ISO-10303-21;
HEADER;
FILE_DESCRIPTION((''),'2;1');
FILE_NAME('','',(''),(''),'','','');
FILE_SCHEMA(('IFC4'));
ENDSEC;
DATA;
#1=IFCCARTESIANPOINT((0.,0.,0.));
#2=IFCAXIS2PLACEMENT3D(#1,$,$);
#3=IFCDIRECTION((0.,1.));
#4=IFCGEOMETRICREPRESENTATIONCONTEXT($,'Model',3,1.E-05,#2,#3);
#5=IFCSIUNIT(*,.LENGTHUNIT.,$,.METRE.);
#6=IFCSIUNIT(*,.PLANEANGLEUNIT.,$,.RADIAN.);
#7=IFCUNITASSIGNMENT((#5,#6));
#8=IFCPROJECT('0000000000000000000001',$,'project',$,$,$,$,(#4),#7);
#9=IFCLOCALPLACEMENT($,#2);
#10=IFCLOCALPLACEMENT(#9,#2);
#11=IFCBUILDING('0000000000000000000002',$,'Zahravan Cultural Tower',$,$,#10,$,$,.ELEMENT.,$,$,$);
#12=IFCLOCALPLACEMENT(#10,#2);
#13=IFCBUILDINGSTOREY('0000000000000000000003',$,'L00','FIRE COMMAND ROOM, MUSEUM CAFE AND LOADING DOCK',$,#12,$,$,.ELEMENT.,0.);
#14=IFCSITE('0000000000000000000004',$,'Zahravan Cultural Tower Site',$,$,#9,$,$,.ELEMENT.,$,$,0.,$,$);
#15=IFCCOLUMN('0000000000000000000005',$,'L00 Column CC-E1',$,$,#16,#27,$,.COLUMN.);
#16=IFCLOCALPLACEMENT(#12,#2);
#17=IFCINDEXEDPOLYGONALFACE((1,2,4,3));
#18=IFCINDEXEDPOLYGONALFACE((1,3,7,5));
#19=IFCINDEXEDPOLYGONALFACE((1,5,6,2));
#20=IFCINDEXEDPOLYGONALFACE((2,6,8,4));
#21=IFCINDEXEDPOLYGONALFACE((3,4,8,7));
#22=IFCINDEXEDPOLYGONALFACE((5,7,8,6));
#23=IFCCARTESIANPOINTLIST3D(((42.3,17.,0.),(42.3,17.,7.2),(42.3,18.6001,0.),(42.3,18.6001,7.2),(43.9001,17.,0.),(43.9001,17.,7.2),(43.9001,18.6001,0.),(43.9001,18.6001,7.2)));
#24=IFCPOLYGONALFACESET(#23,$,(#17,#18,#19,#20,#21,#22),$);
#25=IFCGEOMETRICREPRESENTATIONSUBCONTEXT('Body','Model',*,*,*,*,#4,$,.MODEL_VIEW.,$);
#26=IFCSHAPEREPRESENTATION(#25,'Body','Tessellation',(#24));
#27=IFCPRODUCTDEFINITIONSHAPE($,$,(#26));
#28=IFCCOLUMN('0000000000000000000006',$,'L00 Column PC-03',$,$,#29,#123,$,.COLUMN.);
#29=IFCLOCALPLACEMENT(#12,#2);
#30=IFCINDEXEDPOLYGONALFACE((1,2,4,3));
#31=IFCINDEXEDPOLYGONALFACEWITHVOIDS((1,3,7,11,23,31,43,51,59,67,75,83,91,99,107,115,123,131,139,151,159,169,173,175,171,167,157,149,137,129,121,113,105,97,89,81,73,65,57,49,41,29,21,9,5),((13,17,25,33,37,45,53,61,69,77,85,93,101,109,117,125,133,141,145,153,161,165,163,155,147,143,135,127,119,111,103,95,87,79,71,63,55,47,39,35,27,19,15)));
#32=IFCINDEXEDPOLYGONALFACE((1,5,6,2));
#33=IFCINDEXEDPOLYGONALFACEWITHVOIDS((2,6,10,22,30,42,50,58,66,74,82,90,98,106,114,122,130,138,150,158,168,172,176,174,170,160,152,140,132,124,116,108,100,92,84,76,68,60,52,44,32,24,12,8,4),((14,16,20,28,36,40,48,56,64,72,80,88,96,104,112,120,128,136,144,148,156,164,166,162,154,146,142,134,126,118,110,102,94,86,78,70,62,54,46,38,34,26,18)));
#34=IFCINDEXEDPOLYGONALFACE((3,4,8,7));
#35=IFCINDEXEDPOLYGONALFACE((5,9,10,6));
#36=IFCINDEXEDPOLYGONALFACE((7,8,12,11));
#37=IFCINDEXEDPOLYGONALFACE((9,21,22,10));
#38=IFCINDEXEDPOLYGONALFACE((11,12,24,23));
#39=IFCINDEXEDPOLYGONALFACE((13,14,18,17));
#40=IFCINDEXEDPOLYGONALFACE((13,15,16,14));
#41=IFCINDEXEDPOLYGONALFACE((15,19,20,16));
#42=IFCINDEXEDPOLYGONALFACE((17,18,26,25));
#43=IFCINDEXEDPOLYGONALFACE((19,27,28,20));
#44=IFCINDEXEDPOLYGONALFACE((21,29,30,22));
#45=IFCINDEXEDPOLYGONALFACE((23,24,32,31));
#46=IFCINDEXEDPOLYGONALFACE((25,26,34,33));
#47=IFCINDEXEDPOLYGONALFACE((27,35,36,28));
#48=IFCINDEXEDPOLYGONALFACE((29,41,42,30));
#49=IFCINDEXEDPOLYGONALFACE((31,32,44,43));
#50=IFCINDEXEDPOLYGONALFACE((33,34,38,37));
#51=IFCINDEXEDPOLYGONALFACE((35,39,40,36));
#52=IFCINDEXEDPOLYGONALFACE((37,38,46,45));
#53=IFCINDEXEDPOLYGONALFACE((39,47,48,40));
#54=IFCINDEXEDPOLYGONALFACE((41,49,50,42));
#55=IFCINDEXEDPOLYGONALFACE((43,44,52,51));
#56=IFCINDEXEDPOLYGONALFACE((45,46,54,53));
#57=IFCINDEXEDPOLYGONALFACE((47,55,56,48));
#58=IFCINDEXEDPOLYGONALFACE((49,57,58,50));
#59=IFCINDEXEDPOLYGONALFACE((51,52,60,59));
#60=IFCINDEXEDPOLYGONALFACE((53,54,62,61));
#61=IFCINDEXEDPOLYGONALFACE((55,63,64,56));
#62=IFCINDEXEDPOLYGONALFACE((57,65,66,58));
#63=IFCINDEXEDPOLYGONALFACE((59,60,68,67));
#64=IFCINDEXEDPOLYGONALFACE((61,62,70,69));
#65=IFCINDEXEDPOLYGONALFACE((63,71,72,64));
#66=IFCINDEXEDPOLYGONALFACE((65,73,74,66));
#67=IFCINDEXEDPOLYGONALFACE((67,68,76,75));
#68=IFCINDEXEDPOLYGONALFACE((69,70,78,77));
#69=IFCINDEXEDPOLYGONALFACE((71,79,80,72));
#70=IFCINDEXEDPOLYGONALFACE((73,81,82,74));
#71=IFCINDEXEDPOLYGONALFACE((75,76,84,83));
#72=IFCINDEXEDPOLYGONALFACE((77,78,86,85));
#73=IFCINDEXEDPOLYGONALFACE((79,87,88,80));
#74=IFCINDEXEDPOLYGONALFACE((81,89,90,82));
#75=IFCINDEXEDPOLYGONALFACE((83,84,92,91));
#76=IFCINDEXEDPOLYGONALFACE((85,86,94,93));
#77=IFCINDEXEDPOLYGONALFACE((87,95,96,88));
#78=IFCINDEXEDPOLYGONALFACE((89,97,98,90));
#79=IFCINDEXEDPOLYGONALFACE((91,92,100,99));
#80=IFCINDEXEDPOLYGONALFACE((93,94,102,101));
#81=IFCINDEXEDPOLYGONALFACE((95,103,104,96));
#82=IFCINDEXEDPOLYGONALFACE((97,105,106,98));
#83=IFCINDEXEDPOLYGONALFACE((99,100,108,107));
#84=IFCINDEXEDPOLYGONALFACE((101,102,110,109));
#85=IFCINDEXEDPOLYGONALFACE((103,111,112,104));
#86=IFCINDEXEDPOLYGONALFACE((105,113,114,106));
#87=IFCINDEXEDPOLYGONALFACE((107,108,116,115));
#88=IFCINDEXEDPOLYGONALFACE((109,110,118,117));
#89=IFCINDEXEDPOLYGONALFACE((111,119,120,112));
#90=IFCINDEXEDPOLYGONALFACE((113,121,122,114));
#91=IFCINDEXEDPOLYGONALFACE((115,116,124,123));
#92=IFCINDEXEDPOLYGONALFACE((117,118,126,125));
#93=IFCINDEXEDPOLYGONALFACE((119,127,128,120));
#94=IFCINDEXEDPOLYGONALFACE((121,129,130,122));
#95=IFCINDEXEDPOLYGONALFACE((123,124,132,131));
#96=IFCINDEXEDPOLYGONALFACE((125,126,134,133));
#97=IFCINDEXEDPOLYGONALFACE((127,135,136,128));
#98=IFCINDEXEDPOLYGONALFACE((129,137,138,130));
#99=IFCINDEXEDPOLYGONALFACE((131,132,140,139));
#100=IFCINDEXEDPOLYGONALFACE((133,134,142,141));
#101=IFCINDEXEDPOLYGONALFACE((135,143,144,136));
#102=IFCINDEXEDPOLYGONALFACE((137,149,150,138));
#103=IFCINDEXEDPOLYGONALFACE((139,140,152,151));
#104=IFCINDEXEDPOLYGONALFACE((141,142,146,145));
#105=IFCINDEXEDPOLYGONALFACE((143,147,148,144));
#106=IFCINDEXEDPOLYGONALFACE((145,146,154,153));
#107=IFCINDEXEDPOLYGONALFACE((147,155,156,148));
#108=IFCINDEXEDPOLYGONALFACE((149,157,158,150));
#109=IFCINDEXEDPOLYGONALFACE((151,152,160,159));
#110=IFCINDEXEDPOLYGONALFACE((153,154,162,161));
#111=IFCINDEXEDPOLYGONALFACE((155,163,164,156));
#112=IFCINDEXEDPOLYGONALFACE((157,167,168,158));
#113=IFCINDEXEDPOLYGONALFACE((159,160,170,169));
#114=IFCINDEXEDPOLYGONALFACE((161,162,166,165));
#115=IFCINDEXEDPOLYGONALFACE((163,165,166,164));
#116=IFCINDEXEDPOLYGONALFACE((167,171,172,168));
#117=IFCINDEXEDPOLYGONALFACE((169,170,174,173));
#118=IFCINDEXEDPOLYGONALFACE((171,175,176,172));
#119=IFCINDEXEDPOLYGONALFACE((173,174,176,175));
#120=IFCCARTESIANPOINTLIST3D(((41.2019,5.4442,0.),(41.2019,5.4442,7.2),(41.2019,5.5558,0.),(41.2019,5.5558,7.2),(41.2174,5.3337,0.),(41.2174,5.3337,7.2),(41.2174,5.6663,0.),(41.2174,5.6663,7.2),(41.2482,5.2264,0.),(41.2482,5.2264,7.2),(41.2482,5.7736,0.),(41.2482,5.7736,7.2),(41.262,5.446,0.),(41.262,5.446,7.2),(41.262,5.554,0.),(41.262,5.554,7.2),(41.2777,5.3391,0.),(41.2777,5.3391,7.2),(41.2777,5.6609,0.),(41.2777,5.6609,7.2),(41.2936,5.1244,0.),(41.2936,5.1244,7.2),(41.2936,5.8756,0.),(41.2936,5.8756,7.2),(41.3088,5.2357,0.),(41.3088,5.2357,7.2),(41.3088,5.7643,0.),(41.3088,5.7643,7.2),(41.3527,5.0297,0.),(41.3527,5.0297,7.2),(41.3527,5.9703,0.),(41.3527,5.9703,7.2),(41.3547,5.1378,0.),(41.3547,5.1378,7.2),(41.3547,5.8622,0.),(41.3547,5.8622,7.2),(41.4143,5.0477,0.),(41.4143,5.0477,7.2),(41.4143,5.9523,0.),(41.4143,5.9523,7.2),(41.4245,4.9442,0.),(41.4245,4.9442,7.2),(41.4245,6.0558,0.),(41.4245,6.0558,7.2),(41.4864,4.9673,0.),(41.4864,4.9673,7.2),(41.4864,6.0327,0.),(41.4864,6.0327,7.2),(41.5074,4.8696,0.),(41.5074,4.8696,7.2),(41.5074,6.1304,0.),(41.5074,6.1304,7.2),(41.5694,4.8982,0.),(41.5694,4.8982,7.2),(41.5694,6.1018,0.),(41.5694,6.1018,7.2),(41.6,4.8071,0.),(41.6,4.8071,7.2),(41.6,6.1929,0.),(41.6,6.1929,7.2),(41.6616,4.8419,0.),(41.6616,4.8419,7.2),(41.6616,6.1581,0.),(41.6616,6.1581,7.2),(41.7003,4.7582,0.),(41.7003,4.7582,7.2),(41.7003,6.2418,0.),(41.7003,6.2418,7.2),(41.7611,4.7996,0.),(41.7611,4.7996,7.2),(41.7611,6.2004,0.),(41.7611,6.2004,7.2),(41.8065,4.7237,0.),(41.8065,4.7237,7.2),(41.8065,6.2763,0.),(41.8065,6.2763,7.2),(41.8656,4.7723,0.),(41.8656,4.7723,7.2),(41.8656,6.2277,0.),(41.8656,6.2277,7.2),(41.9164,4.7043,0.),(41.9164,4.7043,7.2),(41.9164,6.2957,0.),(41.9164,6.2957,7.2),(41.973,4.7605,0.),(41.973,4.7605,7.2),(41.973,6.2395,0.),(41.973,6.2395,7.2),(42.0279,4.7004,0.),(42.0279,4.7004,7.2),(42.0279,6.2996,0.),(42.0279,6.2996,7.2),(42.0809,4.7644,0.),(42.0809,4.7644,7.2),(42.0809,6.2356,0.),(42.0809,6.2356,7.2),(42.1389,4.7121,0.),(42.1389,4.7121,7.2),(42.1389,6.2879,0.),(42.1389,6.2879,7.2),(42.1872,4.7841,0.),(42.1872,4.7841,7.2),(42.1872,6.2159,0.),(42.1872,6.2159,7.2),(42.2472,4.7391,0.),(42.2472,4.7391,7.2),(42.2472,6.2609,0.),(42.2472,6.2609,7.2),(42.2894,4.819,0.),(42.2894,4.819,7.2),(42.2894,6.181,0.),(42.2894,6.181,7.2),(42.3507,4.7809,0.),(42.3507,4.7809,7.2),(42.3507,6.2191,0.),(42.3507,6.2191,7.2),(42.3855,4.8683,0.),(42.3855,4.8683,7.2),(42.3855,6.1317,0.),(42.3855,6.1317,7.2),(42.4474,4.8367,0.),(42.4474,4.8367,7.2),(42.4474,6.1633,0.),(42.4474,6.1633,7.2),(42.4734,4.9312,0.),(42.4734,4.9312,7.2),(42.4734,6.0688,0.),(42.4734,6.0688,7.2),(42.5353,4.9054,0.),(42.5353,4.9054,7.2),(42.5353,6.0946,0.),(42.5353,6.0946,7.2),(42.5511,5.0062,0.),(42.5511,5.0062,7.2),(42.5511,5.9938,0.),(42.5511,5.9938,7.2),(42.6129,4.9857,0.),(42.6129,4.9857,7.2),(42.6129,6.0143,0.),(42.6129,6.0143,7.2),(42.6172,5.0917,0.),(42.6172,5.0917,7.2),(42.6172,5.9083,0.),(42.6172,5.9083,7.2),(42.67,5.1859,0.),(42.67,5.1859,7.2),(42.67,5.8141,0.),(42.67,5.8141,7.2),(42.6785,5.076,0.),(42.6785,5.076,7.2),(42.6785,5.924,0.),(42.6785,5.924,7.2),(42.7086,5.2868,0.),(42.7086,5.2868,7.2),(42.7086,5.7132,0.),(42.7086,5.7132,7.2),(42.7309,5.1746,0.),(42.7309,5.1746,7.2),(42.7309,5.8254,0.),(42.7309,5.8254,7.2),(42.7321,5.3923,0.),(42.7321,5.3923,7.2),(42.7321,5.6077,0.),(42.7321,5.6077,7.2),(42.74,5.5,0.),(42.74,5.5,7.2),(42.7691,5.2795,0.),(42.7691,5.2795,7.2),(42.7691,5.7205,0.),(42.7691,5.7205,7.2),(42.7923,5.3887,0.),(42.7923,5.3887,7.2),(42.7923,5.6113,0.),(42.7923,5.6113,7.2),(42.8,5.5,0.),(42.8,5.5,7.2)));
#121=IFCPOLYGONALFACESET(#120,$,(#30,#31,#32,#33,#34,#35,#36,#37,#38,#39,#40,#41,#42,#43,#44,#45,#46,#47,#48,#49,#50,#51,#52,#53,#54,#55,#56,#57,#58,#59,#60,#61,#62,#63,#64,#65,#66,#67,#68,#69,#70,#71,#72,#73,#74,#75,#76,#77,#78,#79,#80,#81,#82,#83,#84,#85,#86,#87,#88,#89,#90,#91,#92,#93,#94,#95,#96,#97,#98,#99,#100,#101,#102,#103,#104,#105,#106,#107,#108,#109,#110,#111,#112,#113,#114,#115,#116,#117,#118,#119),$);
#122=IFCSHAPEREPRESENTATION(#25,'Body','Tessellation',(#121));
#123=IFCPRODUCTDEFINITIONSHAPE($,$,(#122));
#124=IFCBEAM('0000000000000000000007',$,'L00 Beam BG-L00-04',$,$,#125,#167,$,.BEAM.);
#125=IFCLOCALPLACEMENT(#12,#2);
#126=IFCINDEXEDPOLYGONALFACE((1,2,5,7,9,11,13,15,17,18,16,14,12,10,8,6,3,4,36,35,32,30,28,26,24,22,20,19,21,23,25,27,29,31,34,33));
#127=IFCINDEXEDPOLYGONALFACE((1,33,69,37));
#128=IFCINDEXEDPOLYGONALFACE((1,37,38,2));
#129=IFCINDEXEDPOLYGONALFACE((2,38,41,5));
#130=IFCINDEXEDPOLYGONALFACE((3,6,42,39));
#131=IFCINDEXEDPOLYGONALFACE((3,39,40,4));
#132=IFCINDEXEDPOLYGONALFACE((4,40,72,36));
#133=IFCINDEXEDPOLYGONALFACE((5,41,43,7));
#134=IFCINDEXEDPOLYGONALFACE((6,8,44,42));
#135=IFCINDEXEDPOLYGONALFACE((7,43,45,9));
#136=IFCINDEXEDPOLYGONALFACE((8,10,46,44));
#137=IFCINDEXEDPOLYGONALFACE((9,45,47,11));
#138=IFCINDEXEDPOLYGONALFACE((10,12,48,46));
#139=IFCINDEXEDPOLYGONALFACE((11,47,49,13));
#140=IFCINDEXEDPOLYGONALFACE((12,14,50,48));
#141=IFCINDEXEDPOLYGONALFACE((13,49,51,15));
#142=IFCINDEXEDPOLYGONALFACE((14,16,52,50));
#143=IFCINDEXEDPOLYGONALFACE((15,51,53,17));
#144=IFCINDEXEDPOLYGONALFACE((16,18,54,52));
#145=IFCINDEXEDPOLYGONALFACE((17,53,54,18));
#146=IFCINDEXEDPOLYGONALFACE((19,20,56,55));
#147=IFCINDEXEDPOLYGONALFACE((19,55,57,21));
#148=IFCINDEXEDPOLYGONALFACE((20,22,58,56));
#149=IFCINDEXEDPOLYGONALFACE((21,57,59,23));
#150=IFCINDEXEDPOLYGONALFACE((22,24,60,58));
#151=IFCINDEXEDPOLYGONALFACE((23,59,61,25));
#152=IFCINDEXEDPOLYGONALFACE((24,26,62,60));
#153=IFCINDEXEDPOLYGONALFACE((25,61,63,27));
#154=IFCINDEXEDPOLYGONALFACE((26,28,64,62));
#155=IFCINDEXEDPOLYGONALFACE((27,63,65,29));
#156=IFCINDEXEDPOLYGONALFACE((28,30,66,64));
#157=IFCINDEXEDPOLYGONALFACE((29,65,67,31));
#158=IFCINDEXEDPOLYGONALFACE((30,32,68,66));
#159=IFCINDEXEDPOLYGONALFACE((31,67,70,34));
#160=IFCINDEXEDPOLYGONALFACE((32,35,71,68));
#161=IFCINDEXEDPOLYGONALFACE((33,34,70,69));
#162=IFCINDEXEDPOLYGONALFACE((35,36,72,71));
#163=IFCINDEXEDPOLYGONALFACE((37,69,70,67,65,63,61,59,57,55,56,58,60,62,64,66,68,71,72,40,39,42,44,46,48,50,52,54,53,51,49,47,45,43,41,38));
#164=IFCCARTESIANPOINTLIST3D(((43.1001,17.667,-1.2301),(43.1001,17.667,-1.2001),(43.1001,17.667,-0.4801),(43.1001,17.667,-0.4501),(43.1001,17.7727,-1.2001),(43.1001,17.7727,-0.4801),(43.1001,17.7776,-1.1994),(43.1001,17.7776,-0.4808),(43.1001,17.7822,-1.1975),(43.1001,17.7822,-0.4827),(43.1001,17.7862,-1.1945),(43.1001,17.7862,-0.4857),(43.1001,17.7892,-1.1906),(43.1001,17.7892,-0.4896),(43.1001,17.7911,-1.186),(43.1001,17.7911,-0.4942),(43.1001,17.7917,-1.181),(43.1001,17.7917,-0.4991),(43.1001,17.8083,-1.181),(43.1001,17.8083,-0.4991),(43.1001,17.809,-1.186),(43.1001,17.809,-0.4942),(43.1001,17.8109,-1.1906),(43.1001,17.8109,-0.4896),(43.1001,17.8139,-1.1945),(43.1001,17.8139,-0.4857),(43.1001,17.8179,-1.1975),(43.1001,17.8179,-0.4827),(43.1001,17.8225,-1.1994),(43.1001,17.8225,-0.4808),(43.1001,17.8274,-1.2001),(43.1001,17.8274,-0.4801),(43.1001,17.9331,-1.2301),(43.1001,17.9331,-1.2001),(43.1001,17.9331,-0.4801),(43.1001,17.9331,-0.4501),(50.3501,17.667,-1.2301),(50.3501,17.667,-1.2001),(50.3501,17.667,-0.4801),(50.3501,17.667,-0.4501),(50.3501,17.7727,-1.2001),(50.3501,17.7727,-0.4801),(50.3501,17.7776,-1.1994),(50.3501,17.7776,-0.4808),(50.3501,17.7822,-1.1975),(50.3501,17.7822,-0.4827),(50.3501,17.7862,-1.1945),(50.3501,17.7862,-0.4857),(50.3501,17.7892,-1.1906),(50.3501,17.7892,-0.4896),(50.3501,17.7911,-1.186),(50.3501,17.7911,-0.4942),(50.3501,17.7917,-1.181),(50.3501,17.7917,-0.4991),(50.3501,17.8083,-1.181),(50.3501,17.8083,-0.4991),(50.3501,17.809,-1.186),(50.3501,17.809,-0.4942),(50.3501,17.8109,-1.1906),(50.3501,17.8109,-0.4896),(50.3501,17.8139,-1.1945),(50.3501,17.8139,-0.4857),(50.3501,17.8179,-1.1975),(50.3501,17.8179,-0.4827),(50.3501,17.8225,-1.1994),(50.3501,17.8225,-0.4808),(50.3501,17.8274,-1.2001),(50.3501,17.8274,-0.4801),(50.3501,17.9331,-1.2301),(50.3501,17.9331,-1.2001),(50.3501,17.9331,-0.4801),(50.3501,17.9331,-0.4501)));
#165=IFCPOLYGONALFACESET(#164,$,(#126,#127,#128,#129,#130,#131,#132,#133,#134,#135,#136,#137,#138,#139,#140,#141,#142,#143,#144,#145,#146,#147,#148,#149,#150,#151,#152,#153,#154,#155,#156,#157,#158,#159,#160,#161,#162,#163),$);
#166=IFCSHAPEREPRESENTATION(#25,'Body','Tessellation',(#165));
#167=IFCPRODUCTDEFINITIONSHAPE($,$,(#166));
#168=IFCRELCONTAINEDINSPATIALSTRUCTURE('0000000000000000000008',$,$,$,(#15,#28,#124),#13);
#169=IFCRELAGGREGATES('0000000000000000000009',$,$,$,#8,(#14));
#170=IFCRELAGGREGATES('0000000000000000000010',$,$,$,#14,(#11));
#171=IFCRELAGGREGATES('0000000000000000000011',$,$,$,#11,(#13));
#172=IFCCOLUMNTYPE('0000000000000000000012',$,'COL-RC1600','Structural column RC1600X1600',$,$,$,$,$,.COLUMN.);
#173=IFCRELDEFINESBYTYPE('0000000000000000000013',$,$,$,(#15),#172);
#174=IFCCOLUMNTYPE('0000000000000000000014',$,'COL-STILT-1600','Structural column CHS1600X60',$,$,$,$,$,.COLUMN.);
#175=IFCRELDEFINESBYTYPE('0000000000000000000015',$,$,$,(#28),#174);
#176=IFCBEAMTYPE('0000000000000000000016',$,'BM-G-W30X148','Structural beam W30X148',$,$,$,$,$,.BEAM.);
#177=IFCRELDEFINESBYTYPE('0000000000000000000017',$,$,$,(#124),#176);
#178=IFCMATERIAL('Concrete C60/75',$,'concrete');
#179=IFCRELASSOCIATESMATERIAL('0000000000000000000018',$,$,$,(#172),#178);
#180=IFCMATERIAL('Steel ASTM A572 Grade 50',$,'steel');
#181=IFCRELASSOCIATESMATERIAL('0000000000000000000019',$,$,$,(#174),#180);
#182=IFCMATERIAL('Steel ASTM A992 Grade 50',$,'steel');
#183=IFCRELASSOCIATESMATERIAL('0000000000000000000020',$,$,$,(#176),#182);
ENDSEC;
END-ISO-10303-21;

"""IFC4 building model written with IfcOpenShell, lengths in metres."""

from ifc_helpers import new_model, si_unit, direction, frame, origin, origin_2d, place, context, subcontext, project, spatial, rectangle, hollow_circle, i_section, extrude, source, transform, mapped, material, material_profile, profile_set, type_object, element, save


model = new_model("IFC4")

# Units and contexts
model_context = context("Model", 3, precision=1e-05, world=origin(), true_north=direction((0.0, 1.0)))
body_context = subcontext(model_context, "Body", "Model", "MODEL_VIEW")
ifc_project = project(units=[si_unit("LENGTHUNIT", "METRE"), si_unit("PLANEANGLEUNIT", "RADIAN")], contexts=[model_context])

# Site, building, storey
site_placement = place(None, origin())
site = spatial("IfcSite", under=ifc_project, at=site_placement, Name="Zahravan Cultural Tower Site", CompositionType="ELEMENT", RefElevation=0.0)
building_placement = place(site_placement, origin())
building = spatial("IfcBuilding", under=site, at=building_placement, Name="Zahravan Cultural Tower", CompositionType="ELEMENT")
storey_placement = place(building_placement, origin())
storey = spatial("IfcBuildingStorey", under=building, at=storey_placement, Name="L00", Description="FIRE COMMAND ROOM, MUSEUM CAFE AND LOADING DOCK", CompositionType="ELEMENT", Elevation=0.0)

# Columns
ifc_material_1 = material(Name="Concrete C60/75", Category="concrete")
ifc_material_profile_1 = material_profile(ifc_material_1, rectangle(XDim=1.6001, YDim=1.6001, at=origin_2d()), Name="RC1600X1600")
ifc_profile_set_1 = profile_set([ifc_material_profile_1], Name="Concrete C60/75")
column_type_1 = type_object("IfcColumnType", Name="COL-RC1600", Description="Structural column RC1600X1600", PredefinedType="COLUMN", material=ifc_profile_set_1)
shared_shape_1 = source(origin(), body_context, "Body", "SweptSolid", [
    extrude(rectangle(XDim=1.6001, YDim=1.6001, at=origin_2d()), origin(), (0.0, 0.0, 1.0), 7.2),
])
column_1_placement = place(storey_placement, frame((43.1001, 17.8, 0.0), z_axis=(0.0, 0.0, 1.0), x_axis=(1.0, 0.0, 0.0)))
element("IfcColumn", 1, at=column_1_placement, inside=storey, type_object=column_type_1, Name="L00 Column CC-E1", PredefinedType="COLUMN", context=body_context, shape_type="MappedRepresentation", body=[
    mapped(shared_shape_1, transform((0.0, 0.0, 0.0), x_axis=(1.0, 0.0, 0.0), y_axis=(0.0, 1.0, 0.0), z_axis=(0.0, 0.0, 1.0), scale=1.0)),
])
ifc_material_2 = material(Name="Steel ASTM A572 Grade 50", Category="steel")
ifc_material_profile_2 = material_profile(ifc_material_2, hollow_circle(Radius=0.8, WallThickness=0.0601, at=origin_2d()), Name="CHS1600X60")
ifc_profile_set_2 = profile_set([ifc_material_profile_2], Name="Steel ASTM A572 Grade 50")
column_type_2 = type_object("IfcColumnType", Name="COL-STILT-1600", Description="Structural column CHS1600X60", PredefinedType="COLUMN", material=ifc_profile_set_2)
shared_shape_2 = source(origin(), body_context, "Body", "SweptSolid", [
    extrude(hollow_circle(Radius=0.8, WallThickness=0.0601, at=origin_2d()), origin(), (0.0, 0.0, 1.0), 7.2),
])
column_2_placement = place(storey_placement, frame((42.0, 5.5, 0.0), z_axis=(0.0, 0.0, 1.0), x_axis=(1.0, 0.0, 0.0)))
element("IfcColumn", 2, at=column_2_placement, inside=storey, type_object=column_type_2, Name="L00 Column PC-03", PredefinedType="COLUMN", context=body_context, shape_type="MappedRepresentation", body=[
    mapped(shared_shape_2, transform((0.0, 0.0, 0.0), x_axis=(1.0, 0.0, 0.0), y_axis=(0.0, 1.0, 0.0), z_axis=(0.0, 0.0, 1.0), scale=1.0)),
])

# Beam
ifc_material_3 = material(Name="Steel ASTM A992 Grade 50", Category="steel")
ifc_material_profile_3 = material_profile(ifc_material_3, i_section(OverallWidth=0.2661, OverallDepth=0.78, WebThickness=0.0166, FlangeThickness=0.03, FilletRadius=0.019, at=origin_2d()), Name="W30X148")
ifc_profile_set_3 = profile_set([ifc_material_profile_3], Name="Steel ASTM A992 Grade 50")
beam_type_1 = type_object("IfcBeamType", Name="BM-G-W30X148", Description="Structural beam W30X148", PredefinedType="BEAM", material=ifc_profile_set_3)
shared_shape_3 = source(origin(), body_context, "Body", "SweptSolid", [
    extrude(i_section(OverallWidth=0.2661, OverallDepth=0.78, WebThickness=0.0166, FlangeThickness=0.03, FilletRadius=0.019, at=origin_2d()), origin(), (0.0, 0.0, 1.0), 7.25),
])
beam_1_placement = place(storey_placement, frame((43.1001, 17.8, -0.8401), z_axis=(1.0, 0.0, 0.0), x_axis=(0.0, 1.0, 0.0)))
element("IfcBeam", 3, at=beam_1_placement, inside=storey, type_object=beam_type_1, Name="L00 Beam BG-L00-04", PredefinedType="BEAM", context=body_context, shape_type="MappedRepresentation", body=[
    mapped(shared_shape_3, transform((0.0, 0.0, 0.0), x_axis=(1.0, 0.0, 0.0), y_axis=(0.0, 1.0, 0.0), z_axis=(0.0, 0.0, 1.0), scale=1.0)),
])

save(model, "model.ifc")
